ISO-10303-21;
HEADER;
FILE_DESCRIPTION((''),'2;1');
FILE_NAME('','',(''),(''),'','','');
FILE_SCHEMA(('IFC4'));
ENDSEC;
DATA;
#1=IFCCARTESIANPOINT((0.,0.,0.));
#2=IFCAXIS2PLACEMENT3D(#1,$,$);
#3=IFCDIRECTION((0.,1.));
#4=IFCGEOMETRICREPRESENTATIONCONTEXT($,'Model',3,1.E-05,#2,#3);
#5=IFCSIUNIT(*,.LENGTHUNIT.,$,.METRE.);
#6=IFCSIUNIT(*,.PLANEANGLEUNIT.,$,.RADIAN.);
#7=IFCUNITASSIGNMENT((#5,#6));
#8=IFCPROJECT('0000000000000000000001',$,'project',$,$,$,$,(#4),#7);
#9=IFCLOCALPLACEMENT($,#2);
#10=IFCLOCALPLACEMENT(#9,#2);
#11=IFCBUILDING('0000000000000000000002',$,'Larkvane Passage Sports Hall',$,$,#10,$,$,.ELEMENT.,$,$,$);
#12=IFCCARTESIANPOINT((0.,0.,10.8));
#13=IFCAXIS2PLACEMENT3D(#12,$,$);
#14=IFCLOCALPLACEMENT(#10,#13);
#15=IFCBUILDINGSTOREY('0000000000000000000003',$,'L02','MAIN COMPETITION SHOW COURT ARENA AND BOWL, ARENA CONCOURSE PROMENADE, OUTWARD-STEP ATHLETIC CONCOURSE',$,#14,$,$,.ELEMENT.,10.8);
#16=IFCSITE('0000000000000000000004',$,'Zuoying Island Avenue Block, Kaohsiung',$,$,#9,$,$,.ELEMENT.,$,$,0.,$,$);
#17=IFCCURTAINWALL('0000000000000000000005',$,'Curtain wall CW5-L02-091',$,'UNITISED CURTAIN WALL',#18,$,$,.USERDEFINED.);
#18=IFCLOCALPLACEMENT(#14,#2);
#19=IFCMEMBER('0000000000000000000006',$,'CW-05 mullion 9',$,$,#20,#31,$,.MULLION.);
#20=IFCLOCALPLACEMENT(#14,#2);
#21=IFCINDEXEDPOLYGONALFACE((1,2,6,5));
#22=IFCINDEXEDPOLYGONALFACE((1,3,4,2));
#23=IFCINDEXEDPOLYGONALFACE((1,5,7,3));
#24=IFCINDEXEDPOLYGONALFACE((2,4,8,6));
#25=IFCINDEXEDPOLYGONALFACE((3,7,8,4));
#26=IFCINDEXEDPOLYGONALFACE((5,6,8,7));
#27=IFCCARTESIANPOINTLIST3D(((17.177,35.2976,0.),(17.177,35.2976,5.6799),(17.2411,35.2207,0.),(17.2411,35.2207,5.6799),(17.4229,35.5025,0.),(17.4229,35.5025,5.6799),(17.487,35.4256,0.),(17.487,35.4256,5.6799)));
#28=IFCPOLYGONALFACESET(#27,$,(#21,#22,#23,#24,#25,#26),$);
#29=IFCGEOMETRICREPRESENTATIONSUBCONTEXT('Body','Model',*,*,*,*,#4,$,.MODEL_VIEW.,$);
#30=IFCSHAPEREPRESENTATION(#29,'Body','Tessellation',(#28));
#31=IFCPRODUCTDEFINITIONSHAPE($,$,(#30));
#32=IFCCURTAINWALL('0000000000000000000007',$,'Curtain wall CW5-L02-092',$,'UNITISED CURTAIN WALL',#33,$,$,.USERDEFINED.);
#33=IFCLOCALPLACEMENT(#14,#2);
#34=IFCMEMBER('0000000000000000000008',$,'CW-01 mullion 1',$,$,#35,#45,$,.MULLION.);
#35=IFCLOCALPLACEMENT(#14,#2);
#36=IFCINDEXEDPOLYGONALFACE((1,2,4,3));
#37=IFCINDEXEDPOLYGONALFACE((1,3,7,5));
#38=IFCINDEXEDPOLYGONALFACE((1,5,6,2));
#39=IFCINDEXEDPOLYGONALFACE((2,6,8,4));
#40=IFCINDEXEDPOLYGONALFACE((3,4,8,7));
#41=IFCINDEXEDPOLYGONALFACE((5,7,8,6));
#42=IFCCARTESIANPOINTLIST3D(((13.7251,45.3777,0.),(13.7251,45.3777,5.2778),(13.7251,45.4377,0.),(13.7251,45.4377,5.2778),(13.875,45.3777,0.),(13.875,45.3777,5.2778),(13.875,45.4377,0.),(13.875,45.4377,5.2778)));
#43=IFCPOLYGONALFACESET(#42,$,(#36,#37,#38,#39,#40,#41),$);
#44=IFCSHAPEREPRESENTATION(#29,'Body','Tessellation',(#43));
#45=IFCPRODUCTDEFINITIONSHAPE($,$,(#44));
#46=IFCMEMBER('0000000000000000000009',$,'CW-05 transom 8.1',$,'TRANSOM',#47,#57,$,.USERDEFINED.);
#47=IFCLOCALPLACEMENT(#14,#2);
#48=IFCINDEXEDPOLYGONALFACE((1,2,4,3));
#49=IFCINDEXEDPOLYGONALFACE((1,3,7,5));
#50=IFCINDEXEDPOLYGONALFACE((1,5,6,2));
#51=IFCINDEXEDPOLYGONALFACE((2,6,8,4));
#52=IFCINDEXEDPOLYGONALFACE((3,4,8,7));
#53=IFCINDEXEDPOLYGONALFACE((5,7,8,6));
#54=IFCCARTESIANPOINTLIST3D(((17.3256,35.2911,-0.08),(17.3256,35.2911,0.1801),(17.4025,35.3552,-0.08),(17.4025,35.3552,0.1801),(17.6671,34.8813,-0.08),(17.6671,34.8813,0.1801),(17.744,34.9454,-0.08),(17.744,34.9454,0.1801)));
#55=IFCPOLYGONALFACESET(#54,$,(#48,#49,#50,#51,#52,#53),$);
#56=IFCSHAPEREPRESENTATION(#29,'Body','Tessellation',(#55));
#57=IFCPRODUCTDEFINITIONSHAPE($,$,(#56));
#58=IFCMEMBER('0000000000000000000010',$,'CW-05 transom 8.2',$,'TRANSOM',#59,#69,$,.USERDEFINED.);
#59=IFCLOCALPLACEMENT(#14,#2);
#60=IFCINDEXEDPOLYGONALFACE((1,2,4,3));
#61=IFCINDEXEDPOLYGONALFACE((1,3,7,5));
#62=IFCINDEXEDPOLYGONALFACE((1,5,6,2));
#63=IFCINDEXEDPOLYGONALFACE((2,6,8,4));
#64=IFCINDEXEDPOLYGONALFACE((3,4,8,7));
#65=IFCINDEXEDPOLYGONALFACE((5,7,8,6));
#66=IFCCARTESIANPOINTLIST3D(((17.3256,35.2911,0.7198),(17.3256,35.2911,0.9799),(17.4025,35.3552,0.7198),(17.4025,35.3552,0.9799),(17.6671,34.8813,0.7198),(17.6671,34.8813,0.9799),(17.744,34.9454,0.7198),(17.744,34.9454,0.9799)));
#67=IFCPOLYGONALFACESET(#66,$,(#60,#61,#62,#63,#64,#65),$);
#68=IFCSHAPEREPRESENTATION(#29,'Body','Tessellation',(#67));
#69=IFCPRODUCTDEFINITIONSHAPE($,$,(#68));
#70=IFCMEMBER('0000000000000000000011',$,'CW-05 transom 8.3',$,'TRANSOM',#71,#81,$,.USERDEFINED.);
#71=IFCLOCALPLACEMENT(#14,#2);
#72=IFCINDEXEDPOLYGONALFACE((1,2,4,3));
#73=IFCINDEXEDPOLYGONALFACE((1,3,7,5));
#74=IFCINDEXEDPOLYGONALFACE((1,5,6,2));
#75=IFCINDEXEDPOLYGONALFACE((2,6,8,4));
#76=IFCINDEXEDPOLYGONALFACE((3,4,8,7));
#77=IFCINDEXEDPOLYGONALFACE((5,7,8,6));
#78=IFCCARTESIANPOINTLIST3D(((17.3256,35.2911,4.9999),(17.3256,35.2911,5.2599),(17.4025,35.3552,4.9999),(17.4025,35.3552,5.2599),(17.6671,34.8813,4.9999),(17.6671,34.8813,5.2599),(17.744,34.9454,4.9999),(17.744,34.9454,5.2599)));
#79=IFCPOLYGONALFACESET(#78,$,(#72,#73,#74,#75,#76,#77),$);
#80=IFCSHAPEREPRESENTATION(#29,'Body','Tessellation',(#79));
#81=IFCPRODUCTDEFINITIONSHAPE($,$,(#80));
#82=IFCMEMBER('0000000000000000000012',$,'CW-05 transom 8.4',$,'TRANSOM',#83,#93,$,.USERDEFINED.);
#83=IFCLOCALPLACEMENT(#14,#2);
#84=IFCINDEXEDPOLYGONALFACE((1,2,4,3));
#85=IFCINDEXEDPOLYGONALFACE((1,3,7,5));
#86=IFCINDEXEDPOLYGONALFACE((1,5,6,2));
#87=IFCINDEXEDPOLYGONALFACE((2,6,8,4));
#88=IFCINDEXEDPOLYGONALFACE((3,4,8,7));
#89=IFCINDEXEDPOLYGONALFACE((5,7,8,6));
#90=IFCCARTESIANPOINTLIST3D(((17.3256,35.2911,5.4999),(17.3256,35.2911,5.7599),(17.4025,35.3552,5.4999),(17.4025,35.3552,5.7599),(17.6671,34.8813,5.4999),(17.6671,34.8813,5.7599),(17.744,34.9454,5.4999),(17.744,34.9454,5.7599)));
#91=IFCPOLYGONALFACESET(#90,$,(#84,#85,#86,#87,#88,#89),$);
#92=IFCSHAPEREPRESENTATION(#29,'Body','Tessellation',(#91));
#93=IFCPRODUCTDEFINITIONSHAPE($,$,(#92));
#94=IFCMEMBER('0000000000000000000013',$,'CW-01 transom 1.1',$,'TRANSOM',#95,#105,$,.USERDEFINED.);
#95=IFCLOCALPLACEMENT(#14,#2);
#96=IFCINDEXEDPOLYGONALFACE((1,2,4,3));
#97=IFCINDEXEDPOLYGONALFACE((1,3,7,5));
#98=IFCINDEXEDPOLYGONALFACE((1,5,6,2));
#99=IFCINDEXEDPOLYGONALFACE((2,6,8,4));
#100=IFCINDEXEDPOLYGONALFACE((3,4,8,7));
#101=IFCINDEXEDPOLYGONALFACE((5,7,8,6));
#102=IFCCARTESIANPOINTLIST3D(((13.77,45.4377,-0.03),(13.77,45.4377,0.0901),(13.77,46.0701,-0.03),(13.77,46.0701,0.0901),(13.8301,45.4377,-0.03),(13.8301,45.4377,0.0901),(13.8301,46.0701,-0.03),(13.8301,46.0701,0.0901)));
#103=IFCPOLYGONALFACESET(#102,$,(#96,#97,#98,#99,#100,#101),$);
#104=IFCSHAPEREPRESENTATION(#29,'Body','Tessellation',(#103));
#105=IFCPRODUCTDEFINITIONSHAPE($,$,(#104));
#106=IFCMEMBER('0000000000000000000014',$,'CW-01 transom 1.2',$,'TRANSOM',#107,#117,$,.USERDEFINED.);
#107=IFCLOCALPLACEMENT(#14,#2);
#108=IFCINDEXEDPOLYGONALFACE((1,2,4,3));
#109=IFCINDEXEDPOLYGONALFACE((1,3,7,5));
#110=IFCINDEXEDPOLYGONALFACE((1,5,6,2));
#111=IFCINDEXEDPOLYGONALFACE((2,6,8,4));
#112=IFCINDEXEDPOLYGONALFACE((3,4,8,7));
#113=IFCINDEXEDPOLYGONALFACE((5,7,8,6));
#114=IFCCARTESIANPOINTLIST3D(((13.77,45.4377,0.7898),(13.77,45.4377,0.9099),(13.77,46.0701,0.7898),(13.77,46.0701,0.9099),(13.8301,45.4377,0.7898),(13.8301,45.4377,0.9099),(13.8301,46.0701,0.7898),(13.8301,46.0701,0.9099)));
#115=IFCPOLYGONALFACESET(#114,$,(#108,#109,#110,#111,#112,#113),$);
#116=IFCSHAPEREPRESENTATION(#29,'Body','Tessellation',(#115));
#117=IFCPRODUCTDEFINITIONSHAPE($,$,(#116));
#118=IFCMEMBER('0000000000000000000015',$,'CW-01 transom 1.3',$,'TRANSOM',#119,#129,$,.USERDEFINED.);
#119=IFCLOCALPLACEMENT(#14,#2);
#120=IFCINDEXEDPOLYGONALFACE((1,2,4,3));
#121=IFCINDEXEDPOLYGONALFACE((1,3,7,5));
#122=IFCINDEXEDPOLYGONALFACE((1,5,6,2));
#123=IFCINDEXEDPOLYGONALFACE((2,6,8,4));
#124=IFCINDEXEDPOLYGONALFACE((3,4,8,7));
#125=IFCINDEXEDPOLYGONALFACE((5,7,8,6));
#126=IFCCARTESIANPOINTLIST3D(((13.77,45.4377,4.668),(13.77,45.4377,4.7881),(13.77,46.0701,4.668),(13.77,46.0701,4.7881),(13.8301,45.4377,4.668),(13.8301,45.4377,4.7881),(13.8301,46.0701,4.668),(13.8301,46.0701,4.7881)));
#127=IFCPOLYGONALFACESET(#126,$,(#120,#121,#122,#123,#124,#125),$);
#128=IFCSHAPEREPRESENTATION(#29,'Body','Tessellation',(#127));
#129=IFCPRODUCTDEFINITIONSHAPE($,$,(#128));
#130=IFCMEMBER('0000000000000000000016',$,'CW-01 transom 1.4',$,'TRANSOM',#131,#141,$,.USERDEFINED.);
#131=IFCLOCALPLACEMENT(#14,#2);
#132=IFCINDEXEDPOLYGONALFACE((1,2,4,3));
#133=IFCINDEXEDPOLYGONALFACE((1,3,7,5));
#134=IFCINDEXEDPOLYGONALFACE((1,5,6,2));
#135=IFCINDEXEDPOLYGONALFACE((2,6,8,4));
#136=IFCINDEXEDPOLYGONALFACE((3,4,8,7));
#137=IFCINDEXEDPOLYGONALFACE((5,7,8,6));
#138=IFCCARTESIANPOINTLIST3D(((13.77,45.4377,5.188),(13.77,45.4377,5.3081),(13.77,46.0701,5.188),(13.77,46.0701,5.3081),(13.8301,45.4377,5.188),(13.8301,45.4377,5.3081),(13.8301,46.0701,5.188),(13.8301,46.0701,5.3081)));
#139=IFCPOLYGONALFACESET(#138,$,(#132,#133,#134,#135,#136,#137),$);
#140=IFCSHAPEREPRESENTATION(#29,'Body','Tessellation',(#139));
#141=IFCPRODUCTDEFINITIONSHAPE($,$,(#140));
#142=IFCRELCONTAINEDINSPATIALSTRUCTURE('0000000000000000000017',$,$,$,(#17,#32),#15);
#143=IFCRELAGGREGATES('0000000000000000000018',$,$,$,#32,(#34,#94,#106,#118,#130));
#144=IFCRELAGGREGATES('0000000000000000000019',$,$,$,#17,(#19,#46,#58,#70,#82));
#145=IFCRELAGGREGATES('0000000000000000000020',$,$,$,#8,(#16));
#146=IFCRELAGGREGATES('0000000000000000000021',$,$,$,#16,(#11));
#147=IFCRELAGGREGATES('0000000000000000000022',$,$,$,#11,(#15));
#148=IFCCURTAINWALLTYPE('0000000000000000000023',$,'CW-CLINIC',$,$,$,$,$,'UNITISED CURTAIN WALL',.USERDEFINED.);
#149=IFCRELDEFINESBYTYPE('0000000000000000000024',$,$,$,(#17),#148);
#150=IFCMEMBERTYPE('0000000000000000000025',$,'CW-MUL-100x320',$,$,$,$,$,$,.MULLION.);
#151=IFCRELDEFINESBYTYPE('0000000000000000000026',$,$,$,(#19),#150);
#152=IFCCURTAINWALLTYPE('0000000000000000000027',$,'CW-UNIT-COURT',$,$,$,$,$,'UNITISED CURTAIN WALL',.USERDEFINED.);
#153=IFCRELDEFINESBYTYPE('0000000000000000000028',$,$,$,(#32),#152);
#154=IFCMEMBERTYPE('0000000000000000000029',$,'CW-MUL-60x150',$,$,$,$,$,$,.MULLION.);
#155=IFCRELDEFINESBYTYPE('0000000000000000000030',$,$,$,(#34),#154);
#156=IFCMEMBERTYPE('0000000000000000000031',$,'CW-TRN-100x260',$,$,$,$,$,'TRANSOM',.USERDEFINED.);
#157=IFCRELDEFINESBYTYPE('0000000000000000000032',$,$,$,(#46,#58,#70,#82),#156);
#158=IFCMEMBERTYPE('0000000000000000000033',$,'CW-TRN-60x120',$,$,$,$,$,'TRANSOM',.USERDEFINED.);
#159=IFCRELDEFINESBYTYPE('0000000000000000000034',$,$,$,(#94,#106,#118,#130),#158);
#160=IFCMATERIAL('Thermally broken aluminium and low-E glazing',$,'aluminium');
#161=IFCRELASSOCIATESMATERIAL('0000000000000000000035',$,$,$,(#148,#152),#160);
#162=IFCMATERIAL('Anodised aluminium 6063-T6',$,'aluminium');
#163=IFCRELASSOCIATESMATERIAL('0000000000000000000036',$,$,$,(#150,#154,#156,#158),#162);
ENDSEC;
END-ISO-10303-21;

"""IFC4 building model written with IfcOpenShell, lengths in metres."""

from ifc_helpers import new_model, si_unit, direction, frame, origin, origin_2d, place, context, subcontext, project, spatial, rectangle, extrude, material, material_profile, profile_set, type_object, element, aggregate, save


model = new_model("IFC4")

# Units and contexts
model_context = context("Model", 3, precision=1e-05, world=origin(), true_north=direction((0.0, 1.0)))
body_context = subcontext(model_context, "Body", "Model", "MODEL_VIEW")
ifc_project = project(units=[si_unit("LENGTHUNIT", "METRE"), si_unit("PLANEANGLEUNIT", "RADIAN")], contexts=[model_context])

# Site, building, storey
site_placement = place(None, origin())
site = spatial("IfcSite", under=ifc_project, at=site_placement, Name="Zuoying Island Avenue Block, Kaohsiung", CompositionType="ELEMENT", RefElevation=0.0)
building_placement = place(site_placement, origin())
building = spatial("IfcBuilding", under=site, at=building_placement, Name="Larkvane Passage Sports Hall", CompositionType="ELEMENT")
storey_placement = place(building_placement, frame((0.0, 0.0, 10.8)))
storey = spatial("IfcBuildingStorey", under=building, at=storey_placement, Name="L02", Description="MAIN COMPETITION SHOW COURT ARENA AND BOWL, ARENA CONCOURSE PROMENADE, OUTWARD-STEP ATHLETIC CONCOURSE", CompositionType="ELEMENT", Elevation=10.8)

# Curtain walls, members
ifc_material_1 = material(Name="Thermally broken aluminium and low-E glazing", Category="aluminium")
curtain_wall_type_1 = type_object("IfcCurtainWallType", Name="CW-CLINIC", ElementType="UNITISED CURTAIN WALL", PredefinedType="USERDEFINED", material=ifc_material_1)
curtain_wall_1_placement = place(storey_placement, origin())
curtain_wall_1 = element("IfcCurtainWall", 1, at=curtain_wall_1_placement, inside=storey, type_object=curtain_wall_type_1, Name="Curtain wall CW5-L02-091", ObjectType="UNITISED CURTAIN WALL", PredefinedType="USERDEFINED")
ifc_material_2 = material(Name="Anodised aluminium 6063-T6", Category="aluminium")
ifc_material_profile_1 = material_profile(ifc_material_2, rectangle(XDim=0.1001, YDim=0.3201, at=origin_2d()), Name="ALU-MUL-100x320")
ifc_profile_set_1 = profile_set([ifc_material_profile_1], Name="Anodised aluminium 6063-T6")
member_type_1 = type_object("IfcMemberType", Name="CW-MUL-100x320", PredefinedType="MULLION", material=ifc_profile_set_1)
member_1_placement = place(storey_placement, frame((17.332, 35.3616, 0.0), z_axis=(0.0, 0.0, 1.0), x_axis=(-0.640184, 0.768221, 0.0)))
member_1 = element("IfcMember", 2, at=member_1_placement, type_object=member_type_1, Name="CW-05 mullion 9", PredefinedType="MULLION", context=body_context, shape_type="SweptSolid", body=[
    extrude(rectangle(XDim=0.1001, YDim=0.3201, at=origin_2d()), origin(), (0.0, 0.0, 1.0), 5.6799),
])
curtain_wall_type_2 = type_object("IfcCurtainWallType", Name="CW-UNIT-COURT", ElementType="UNITISED CURTAIN WALL", PredefinedType="USERDEFINED", material=ifc_material_1)
curtain_wall_2_placement = place(storey_placement, origin())
curtain_wall_2 = element("IfcCurtainWall", 3, at=curtain_wall_2_placement, inside=storey, type_object=curtain_wall_type_2, Name="Curtain wall CW5-L02-092", ObjectType="UNITISED CURTAIN WALL", PredefinedType="USERDEFINED")
ifc_material_profile_2 = material_profile(ifc_material_2, rectangle(XDim=0.0601, YDim=0.1499, at=origin_2d()), Name="ALU-MUL-60x150")
ifc_profile_set_2 = profile_set([ifc_material_profile_2], Name="Anodised aluminium 6063-T6")
member_type_2 = type_object("IfcMemberType", Name="CW-MUL-60x150", PredefinedType="MULLION", material=ifc_profile_set_2)
member_2_placement = place(storey_placement, frame((13.8, 45.4077, 0.0), z_axis=(0.0, 0.0, 1.0), x_axis=(0.0, 1.0, 0.0)))
member_2 = element("IfcMember", 4, at=member_2_placement, type_object=member_type_2, Name="CW-01 mullion 1", PredefinedType="MULLION", context=body_context, shape_type="SweptSolid", body=[
    extrude(rectangle(XDim=0.0601, YDim=0.1499, at=origin_2d()), origin(), (0.0, 0.0, 1.0), 5.2778),
])

# Members
ifc_material_profile_3 = material_profile(ifc_material_2, rectangle(XDim=0.1001, YDim=0.26, at=origin_2d()), Name="ALU-TRN-100x260")
ifc_profile_set_3 = profile_set([ifc_material_profile_3], Name="Anodised aluminium 6063-T6")
member_type_3 = type_object("IfcMemberType", Name="CW-TRN-100x260", ElementType="TRANSOM", PredefinedType="USERDEFINED", material=ifc_profile_set_3)
member_3_placement = place(storey_placement, frame((17.7056, 34.9133, 0.05), z_axis=(-0.640139, 0.768259, 0.0), x_axis=(-0.768259, -0.640139, 0.0)))
member_3 = element("IfcMember", 5, at=member_3_placement, type_object=member_type_3, Name="CW-05 transom 8.1", ObjectType="TRANSOM", PredefinedType="USERDEFINED", context=body_context, shape_type="SweptSolid", body=[
    extrude(rectangle(XDim=0.1001, YDim=0.26, at=origin_2d()), origin(), (0.0, 0.0, 1.0), 0.5334),
])
member_4_placement = place(storey_placement, frame((17.7056, 34.9133, 0.8499), z_axis=(-0.640139, 0.768259, 0.0), x_axis=(-0.768259, -0.640139, 0.0)))
member_4 = element("IfcMember", 6, at=member_4_placement, type_object=member_type_3, Name="CW-05 transom 8.2", ObjectType="TRANSOM", PredefinedType="USERDEFINED", context=body_context, shape_type="SweptSolid", body=[
    extrude(rectangle(XDim=0.1001, YDim=0.26, at=origin_2d()), origin(), (0.0, 0.0, 1.0), 0.5334),
])
member_5_placement = place(storey_placement, frame((17.7056, 34.9133, 5.1299), z_axis=(-0.640139, 0.768259, 0.0), x_axis=(-0.768259, -0.640139, 0.0)))
member_5 = element("IfcMember", 7, at=member_5_placement, type_object=member_type_3, Name="CW-05 transom 8.3", ObjectType="TRANSOM", PredefinedType="USERDEFINED", context=body_context, shape_type="SweptSolid", body=[
    extrude(rectangle(XDim=0.1001, YDim=0.26, at=origin_2d()), origin(), (0.0, 0.0, 1.0), 0.5334),
])
member_6_placement = place(storey_placement, frame((17.7056, 34.9133, 5.6299), z_axis=(-0.640139, 0.768259, 0.0), x_axis=(-0.768259, -0.640139, 0.0)))
member_6 = element("IfcMember", 8, at=member_6_placement, type_object=member_type_3, Name="CW-05 transom 8.4", ObjectType="TRANSOM", PredefinedType="USERDEFINED", context=body_context, shape_type="SweptSolid", body=[
    extrude(rectangle(XDim=0.1001, YDim=0.26, at=origin_2d()), origin(), (0.0, 0.0, 1.0), 0.5334),
])
ifc_material_profile_4 = material_profile(ifc_material_2, rectangle(XDim=0.0601, YDim=0.1201, at=origin_2d()), Name="ALU-TRN-60x120")
ifc_profile_set_4 = profile_set([ifc_material_profile_4], Name="Anodised aluminium 6063-T6")
member_type_4 = type_object("IfcMemberType", Name="CW-TRN-60x120", ElementType="TRANSOM", PredefinedType="USERDEFINED", material=ifc_profile_set_4)
member_7_placement = place(storey_placement, frame((13.8, 45.4377, 0.03), z_axis=(0.0, 1.0, 0.0), x_axis=(-1.0, 0.0, 0.0)))
member_7 = element("IfcMember", 9, at=member_7_placement, type_object=member_type_4, Name="CW-01 transom 1.1", ObjectType="TRANSOM", PredefinedType="USERDEFINED", context=body_context, shape_type="SweptSolid", body=[
    extrude(rectangle(XDim=0.0601, YDim=0.1201, at=origin_2d()), origin(), (0.0, 0.0, 1.0), 0.6323),
])
member_8_placement = place(storey_placement, frame((13.8, 45.4377, 0.8499), z_axis=(0.0, 1.0, 0.0), x_axis=(-1.0, 0.0, 0.0)))
member_8 = element("IfcMember", 10, at=member_8_placement, type_object=member_type_4, Name="CW-01 transom 1.2", ObjectType="TRANSOM", PredefinedType="USERDEFINED", context=body_context, shape_type="SweptSolid", body=[
    extrude(rectangle(XDim=0.0601, YDim=0.1201, at=origin_2d()), origin(), (0.0, 0.0, 1.0), 0.6323),
])
member_9_placement = place(storey_placement, frame((13.8, 45.4377, 4.728), z_axis=(0.0, 1.0, 0.0), x_axis=(-1.0, 0.0, 0.0)))
member_9 = element("IfcMember", 11, at=member_9_placement, type_object=member_type_4, Name="CW-01 transom 1.3", ObjectType="TRANSOM", PredefinedType="USERDEFINED", context=body_context, shape_type="SweptSolid", body=[
    extrude(rectangle(XDim=0.0601, YDim=0.1201, at=origin_2d()), origin(), (0.0, 0.0, 1.0), 0.6323),
])
member_10_placement = place(storey_placement, frame((13.8, 45.4377, 5.248), z_axis=(0.0, 1.0, 0.0), x_axis=(-1.0, 0.0, 0.0)))
member_10 = element("IfcMember", 12, at=member_10_placement, type_object=member_type_4, Name="CW-01 transom 1.4", ObjectType="TRANSOM", PredefinedType="USERDEFINED", context=body_context, shape_type="SweptSolid", body=[
    extrude(rectangle(XDim=0.0601, YDim=0.1201, at=origin_2d()), origin(), (0.0, 0.0, 1.0), 0.6323),
])

aggregate(curtain_wall_2, [member_2, member_7, member_8, member_9, member_10])
aggregate(curtain_wall_1, [member_1, member_3, member_4, member_5, member_6])

save(model, "model.ifc")
